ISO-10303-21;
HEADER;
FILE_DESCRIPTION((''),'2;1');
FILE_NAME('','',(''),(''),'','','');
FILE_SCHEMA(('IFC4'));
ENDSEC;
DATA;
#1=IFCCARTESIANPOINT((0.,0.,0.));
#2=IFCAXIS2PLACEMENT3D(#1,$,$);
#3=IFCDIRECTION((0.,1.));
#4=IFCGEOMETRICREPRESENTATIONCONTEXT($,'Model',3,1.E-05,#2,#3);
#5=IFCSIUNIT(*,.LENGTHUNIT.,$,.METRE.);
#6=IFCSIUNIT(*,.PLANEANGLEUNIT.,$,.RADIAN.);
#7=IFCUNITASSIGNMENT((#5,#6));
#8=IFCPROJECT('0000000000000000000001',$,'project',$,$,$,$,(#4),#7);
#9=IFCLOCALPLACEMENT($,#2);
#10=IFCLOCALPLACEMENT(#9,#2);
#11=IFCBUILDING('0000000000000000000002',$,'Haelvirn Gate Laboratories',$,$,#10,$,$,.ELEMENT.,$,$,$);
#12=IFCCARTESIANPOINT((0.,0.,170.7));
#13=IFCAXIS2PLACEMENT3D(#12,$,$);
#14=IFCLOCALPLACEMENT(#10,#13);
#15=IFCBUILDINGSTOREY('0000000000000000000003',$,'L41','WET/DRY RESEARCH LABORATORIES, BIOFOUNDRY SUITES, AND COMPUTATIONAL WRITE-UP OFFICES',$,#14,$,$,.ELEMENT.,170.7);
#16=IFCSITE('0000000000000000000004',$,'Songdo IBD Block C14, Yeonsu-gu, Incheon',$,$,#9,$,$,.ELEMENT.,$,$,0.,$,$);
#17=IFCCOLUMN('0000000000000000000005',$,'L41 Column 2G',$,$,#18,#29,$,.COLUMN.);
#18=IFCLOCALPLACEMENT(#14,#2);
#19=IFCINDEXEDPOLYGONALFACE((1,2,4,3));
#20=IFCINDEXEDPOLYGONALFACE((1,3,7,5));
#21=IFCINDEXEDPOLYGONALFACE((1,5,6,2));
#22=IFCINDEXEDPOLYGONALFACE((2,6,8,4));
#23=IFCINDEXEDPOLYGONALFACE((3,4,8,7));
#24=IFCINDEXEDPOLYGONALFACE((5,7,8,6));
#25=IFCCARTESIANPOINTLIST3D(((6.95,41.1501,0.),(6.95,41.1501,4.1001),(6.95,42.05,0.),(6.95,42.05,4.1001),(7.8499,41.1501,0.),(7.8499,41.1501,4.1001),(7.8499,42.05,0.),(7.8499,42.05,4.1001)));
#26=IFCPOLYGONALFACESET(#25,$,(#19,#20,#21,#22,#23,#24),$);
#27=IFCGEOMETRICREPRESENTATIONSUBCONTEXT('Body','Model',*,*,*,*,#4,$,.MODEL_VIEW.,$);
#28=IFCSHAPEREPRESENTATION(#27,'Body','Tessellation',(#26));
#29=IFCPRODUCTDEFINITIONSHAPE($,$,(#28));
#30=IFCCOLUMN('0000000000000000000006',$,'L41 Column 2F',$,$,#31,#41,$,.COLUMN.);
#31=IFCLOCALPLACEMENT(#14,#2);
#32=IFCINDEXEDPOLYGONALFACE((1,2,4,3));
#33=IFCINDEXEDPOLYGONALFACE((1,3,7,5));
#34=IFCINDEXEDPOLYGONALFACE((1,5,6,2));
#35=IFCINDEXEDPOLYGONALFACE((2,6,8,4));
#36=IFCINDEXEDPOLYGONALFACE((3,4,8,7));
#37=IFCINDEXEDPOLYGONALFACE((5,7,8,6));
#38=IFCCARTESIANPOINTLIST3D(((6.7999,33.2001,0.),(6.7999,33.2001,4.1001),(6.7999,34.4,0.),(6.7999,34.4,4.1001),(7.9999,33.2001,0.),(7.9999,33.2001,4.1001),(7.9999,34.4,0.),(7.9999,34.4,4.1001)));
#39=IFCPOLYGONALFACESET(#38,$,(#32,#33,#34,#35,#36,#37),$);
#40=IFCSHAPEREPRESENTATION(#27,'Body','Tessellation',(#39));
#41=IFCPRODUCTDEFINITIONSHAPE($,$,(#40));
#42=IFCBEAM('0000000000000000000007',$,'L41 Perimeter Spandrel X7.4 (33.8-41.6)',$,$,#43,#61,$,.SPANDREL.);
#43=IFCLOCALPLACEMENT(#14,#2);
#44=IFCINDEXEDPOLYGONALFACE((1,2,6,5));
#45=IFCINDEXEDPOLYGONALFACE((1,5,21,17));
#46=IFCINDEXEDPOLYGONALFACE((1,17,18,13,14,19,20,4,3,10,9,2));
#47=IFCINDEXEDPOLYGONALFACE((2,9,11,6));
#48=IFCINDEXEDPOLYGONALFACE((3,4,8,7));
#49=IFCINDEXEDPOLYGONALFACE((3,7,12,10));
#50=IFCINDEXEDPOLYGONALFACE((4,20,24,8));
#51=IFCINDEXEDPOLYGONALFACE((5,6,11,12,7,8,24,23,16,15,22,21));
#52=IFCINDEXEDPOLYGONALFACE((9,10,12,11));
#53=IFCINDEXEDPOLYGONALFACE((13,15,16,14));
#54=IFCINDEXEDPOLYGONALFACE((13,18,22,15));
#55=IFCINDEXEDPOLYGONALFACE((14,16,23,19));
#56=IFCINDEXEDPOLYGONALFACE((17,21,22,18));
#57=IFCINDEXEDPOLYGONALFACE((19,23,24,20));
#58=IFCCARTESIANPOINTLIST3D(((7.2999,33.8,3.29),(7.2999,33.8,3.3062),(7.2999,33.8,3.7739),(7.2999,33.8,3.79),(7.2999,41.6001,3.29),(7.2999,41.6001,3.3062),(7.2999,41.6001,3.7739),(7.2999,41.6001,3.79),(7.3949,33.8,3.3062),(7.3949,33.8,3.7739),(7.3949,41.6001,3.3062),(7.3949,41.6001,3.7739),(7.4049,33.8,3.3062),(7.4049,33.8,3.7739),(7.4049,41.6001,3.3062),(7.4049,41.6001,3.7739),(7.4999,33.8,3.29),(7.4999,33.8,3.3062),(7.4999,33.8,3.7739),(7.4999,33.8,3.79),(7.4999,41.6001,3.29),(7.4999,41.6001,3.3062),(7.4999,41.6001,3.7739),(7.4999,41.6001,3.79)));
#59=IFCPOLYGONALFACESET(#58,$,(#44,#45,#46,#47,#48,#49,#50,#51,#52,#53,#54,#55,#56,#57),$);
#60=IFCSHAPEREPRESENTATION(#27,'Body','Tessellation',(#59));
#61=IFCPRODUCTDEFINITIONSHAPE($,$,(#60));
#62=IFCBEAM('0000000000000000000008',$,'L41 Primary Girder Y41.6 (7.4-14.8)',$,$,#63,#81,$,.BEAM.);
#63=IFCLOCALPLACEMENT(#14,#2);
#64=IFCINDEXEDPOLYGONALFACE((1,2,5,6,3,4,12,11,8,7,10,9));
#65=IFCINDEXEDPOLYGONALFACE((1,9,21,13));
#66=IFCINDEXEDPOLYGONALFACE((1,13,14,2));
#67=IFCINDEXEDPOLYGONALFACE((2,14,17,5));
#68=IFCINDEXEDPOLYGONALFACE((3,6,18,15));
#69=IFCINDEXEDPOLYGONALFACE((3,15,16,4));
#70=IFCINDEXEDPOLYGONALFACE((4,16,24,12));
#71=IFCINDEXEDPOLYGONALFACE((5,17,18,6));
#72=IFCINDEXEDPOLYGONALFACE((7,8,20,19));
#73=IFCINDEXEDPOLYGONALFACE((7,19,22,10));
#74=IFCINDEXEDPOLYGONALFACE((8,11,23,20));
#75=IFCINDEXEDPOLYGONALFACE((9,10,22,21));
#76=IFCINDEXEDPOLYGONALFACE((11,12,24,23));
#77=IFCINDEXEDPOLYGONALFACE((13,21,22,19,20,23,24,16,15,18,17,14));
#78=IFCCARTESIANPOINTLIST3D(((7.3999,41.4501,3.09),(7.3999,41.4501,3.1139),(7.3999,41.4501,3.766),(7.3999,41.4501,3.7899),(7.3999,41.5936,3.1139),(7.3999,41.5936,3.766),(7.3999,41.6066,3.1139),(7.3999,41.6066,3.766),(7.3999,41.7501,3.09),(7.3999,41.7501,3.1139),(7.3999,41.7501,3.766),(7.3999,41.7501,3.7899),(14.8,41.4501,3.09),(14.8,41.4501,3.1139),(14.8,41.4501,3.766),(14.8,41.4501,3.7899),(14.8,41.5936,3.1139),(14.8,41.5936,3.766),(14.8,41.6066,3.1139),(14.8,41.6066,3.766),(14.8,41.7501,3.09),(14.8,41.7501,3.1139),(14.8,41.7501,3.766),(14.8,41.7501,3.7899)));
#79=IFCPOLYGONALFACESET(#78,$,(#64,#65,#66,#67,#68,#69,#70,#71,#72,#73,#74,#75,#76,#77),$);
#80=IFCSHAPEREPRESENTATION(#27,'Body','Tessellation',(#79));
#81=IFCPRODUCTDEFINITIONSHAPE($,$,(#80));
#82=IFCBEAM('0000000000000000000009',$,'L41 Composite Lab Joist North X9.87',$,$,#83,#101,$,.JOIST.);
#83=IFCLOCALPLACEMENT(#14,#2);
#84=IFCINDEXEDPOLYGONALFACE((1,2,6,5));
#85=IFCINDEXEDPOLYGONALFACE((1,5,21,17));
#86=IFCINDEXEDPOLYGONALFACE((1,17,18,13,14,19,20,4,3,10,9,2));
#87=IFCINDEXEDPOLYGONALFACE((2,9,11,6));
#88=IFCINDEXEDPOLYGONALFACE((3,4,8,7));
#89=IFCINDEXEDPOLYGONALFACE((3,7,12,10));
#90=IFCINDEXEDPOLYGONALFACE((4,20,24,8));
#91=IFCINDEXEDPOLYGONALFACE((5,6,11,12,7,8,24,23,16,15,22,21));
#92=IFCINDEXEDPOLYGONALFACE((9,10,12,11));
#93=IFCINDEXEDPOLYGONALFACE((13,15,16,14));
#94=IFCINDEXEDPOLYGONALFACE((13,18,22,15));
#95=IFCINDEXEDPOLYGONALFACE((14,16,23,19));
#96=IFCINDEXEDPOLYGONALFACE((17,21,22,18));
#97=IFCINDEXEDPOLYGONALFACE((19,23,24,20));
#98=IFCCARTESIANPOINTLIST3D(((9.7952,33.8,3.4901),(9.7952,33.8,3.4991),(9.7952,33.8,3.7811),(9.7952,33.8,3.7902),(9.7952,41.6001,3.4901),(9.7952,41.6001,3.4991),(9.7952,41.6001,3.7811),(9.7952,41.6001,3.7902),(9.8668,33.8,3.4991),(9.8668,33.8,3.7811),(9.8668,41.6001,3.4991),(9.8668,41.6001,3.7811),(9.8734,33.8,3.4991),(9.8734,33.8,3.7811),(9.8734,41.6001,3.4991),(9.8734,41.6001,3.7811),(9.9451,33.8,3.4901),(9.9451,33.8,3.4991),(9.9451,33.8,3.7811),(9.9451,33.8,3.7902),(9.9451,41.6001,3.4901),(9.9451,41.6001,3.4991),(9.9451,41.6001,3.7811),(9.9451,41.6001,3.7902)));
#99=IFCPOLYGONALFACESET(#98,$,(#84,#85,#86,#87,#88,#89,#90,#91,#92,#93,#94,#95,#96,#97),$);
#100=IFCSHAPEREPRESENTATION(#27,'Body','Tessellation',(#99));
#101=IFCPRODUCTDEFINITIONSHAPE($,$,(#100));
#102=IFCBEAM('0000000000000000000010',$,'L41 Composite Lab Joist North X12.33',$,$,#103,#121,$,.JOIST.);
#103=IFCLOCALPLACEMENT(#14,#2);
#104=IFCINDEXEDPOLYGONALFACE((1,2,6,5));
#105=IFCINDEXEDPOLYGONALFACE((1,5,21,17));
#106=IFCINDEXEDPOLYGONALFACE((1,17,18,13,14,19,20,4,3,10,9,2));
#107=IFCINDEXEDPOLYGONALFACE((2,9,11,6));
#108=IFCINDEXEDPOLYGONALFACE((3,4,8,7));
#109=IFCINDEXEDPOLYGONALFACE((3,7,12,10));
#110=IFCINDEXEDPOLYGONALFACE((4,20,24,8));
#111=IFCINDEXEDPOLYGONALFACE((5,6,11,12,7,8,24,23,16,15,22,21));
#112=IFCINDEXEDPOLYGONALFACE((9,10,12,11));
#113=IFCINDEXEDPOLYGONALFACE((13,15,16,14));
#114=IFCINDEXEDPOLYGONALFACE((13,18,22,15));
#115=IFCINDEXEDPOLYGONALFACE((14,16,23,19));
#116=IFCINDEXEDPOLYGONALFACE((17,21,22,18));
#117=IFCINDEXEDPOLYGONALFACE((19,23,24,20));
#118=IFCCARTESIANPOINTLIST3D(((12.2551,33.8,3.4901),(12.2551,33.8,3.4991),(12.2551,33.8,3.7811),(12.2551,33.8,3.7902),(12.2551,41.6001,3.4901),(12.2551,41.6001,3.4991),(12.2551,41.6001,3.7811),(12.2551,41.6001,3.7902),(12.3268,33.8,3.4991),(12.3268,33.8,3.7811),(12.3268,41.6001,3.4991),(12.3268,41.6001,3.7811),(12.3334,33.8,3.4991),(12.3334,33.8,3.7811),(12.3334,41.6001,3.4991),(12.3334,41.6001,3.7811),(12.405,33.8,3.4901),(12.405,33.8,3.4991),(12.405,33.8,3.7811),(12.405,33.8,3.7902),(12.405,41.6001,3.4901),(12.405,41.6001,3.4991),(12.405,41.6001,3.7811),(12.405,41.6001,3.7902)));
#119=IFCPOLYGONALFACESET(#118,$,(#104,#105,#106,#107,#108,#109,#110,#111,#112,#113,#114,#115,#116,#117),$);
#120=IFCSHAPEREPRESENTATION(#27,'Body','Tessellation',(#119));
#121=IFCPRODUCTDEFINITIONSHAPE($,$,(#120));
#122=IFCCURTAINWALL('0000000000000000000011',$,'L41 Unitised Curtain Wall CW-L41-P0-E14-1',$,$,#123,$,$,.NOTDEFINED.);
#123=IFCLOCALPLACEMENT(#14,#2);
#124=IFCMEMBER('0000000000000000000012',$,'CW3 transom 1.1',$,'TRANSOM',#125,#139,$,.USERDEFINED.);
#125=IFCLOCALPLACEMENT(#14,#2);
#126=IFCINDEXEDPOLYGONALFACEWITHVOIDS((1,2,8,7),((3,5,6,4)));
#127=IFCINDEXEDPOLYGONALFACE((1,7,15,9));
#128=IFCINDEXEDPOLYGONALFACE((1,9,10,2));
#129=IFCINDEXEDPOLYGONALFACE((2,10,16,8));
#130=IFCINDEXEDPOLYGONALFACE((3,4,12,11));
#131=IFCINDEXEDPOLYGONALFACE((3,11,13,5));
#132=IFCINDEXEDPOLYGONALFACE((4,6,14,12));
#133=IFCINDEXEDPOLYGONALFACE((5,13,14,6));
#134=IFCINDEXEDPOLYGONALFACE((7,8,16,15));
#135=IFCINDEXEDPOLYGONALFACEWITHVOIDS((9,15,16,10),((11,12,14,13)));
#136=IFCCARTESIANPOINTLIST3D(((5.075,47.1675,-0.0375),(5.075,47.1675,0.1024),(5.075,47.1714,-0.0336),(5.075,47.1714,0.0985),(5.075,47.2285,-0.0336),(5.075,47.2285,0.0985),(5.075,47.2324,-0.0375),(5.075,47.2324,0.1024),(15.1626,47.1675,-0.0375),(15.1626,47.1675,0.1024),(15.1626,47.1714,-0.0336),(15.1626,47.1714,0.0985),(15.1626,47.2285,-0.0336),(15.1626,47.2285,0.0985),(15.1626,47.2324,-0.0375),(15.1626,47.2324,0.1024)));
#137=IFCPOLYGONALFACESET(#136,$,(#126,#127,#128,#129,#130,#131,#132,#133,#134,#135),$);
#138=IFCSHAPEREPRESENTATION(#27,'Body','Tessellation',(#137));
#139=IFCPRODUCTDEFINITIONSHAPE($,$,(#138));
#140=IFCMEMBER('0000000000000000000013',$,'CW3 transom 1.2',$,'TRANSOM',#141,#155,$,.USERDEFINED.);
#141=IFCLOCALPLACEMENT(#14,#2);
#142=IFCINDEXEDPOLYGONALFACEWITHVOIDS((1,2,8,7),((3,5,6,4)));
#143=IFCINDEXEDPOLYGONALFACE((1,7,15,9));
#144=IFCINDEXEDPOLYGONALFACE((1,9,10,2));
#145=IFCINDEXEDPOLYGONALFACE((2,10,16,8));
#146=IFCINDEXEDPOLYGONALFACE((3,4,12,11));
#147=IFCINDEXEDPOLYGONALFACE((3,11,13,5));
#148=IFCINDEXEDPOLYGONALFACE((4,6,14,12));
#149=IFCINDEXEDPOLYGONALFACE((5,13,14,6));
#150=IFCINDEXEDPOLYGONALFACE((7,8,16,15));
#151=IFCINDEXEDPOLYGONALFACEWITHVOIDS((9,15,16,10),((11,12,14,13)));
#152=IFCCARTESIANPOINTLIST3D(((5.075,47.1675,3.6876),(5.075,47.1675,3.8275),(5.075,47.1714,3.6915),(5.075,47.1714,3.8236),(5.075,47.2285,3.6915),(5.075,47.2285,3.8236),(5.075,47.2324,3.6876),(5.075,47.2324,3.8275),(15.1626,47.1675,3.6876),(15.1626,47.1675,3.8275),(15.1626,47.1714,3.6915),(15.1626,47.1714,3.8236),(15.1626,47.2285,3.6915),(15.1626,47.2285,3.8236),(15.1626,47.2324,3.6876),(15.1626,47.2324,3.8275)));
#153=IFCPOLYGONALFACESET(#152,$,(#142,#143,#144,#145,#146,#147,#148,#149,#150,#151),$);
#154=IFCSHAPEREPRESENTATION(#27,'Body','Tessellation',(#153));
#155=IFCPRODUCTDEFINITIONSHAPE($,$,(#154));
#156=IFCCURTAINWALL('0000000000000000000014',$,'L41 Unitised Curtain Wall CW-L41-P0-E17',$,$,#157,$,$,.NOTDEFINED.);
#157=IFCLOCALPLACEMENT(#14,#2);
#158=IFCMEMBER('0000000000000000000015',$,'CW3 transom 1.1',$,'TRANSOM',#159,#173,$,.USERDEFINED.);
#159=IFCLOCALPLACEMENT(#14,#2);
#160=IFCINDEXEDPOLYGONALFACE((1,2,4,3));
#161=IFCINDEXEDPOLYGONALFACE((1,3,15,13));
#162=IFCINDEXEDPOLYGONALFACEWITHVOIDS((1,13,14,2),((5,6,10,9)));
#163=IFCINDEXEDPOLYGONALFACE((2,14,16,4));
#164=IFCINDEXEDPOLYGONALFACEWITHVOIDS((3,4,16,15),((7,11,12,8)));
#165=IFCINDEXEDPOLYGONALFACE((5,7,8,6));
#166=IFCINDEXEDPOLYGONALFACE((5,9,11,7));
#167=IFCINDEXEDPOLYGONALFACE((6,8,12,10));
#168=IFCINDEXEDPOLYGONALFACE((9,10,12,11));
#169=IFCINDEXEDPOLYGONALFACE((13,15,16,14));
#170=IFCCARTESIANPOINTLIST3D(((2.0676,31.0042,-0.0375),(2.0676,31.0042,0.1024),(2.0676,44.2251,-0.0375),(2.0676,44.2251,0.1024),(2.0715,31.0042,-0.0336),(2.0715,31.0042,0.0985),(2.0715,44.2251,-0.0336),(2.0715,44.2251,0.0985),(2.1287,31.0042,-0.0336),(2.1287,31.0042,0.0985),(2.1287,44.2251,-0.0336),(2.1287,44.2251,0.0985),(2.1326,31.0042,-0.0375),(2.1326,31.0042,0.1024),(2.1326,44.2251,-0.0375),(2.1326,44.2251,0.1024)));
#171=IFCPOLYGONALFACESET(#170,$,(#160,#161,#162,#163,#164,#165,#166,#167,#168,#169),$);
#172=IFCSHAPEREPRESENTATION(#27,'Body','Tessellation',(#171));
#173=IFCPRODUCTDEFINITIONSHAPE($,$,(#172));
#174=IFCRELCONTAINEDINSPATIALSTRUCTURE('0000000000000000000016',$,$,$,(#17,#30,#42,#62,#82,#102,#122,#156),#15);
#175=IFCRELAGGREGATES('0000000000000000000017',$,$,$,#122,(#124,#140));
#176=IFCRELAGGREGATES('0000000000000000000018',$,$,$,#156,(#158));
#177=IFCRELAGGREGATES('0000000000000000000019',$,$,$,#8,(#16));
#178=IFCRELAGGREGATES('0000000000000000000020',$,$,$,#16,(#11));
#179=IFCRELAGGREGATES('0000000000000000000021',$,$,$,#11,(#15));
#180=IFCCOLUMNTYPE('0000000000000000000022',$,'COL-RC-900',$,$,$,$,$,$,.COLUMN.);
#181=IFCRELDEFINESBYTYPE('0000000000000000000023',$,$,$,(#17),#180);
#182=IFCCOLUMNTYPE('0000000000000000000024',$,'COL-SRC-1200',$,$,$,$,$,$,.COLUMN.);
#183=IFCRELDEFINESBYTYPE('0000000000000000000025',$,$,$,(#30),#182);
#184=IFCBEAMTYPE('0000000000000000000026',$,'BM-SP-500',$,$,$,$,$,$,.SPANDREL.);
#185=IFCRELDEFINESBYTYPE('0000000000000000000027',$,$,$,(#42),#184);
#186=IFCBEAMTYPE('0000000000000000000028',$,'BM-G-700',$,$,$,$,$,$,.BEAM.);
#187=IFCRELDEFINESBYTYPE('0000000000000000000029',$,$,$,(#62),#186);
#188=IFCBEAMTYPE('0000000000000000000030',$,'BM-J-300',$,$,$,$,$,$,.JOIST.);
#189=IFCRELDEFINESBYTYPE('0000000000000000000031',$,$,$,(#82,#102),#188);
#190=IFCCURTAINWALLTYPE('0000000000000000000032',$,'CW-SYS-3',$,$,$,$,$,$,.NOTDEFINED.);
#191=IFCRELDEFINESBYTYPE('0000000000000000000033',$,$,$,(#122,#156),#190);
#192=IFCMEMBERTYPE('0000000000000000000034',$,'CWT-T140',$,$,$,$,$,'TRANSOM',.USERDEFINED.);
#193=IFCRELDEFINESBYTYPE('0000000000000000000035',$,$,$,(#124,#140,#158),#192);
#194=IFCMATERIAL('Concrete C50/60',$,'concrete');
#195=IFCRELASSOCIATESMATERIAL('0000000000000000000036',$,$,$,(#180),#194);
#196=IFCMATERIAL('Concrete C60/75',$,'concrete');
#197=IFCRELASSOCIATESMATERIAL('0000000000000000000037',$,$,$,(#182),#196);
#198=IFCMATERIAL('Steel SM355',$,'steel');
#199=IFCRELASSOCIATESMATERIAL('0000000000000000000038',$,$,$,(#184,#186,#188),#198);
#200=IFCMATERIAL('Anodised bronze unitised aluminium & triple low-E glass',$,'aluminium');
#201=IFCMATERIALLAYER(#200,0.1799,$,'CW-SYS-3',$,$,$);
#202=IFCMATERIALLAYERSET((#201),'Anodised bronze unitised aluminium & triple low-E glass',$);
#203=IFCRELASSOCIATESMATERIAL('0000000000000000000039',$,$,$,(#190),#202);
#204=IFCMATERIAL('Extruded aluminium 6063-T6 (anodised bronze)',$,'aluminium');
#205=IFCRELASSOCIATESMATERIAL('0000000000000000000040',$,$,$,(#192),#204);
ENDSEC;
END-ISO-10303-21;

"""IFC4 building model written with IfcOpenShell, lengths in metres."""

from ifc_helpers import new_model, si_unit, direction, frame, origin, origin_2d, place, context, subcontext, project, spatial, rectangle, hollow_rectangle, i_section, extrude, source, transform, mapped, material, layer, layer_set, material_profile, profile_set, type_object, type_shapes, element, aggregate, save


model = new_model("IFC4")

# Units and contexts
model_context = context("Model", 3, precision=1e-05, world=origin(), true_north=direction((0.0, 1.0)))
body_context = subcontext(model_context, "Body", "Model", "MODEL_VIEW")
ifc_project = project(units=[si_unit("LENGTHUNIT", "METRE"), si_unit("PLANEANGLEUNIT", "RADIAN")], contexts=[model_context])

# Site, building, storey
site_placement = place(None, origin())
site = spatial("IfcSite", under=ifc_project, at=site_placement, Name="Songdo IBD Block C14, Yeonsu-gu, Incheon", CompositionType="ELEMENT", RefElevation=0.0)
building_placement = place(site_placement, origin())
building = spatial("IfcBuilding", under=site, at=building_placement, Name="Haelvirn Gate Laboratories", CompositionType="ELEMENT")
storey_placement = place(building_placement, frame((0.0, 0.0, 170.7)))
storey = spatial("IfcBuildingStorey", under=building, at=storey_placement, Name="L41", Description="WET/DRY RESEARCH LABORATORIES, BIOFOUNDRY SUITES, AND COMPUTATIONAL WRITE-UP OFFICES", CompositionType="ELEMENT", Elevation=170.7)

# Columns
ifc_material_1 = material(Name="Concrete C50/60", Category="concrete")
ifc_material_profile_1 = material_profile(ifc_material_1, rectangle(XDim=0.8999, YDim=0.8999, at=origin_2d()), Name="RC-900x900")
ifc_profile_set_1 = profile_set([ifc_material_profile_1], Name="Concrete C50/60")
column_type_1 = type_object("IfcColumnType", Name="COL-RC-900", PredefinedType="COLUMN", material=ifc_profile_set_1)
shared_shape_1 = source(origin(), body_context, "Body", "SweptSolid", [
    extrude(rectangle(XDim=0.8999, YDim=0.8999, at=origin_2d()), origin(), (0.0, 0.0, 1.0), 4.1001),
])
type_shapes(column_type_1, [shared_shape_1])
column_1_placement = place(storey_placement, frame((7.3999, 41.6001, 0.0), z_axis=(0.0, 0.0, 1.0), x_axis=(1.0, 0.0, 0.0)))
element("IfcColumn", 1, at=column_1_placement, inside=storey, type_object=column_type_1, Name="L41 Column 2G", PredefinedType="COLUMN", context=body_context, shape_type="MappedRepresentation", body=[
    mapped(shared_shape_1, transform((0.0, 0.0, 0.0), scale=1.0)),
])
ifc_material_2 = material(Name="Concrete C60/75", Category="concrete")
ifc_material_profile_2 = material_profile(ifc_material_2, rectangle(XDim=1.2, YDim=1.2, at=origin_2d()), Name="SRC-1200x1200")
ifc_profile_set_2 = profile_set([ifc_material_profile_2], Name="Concrete C60/75")
column_type_2 = type_object("IfcColumnType", Name="COL-SRC-1200", PredefinedType="COLUMN", material=ifc_profile_set_2)
shared_shape_2 = source(origin(), body_context, "Body", "SweptSolid", [
    extrude(rectangle(XDim=1.2, YDim=1.2, at=origin_2d()), origin(), (0.0, 0.0, 1.0), 4.1001),
])
type_shapes(column_type_2, [shared_shape_2])
column_2_placement = place(storey_placement, frame((7.3999, 33.8, 0.0), z_axis=(0.0, 0.0, 1.0), x_axis=(1.0, 0.0, 0.0)))
element("IfcColumn", 2, at=column_2_placement, inside=storey, type_object=column_type_2, Name="L41 Column 2F", PredefinedType="COLUMN", context=body_context, shape_type="MappedRepresentation", body=[
    mapped(shared_shape_2, transform((0.0, 0.0, 0.0), scale=1.0)),
])

# Beams
ifc_material_3 = material(Name="Steel SM355", Category="steel")
ifc_material_profile_3 = material_profile(ifc_material_3, i_section(OverallWidth=0.2, OverallDepth=0.5, WebThickness=0.01, FlangeThickness=0.0161, at=origin_2d()), Name="H-500x200x10x16")
ifc_profile_set_3 = profile_set([ifc_material_profile_3], Name="Steel SM355")
beam_type_1 = type_object("IfcBeamType", Name="BM-SP-500", PredefinedType="SPANDREL", material=ifc_profile_set_3)
shared_shape_3 = source(origin(), body_context, "Body", "SweptSolid", [
    extrude(i_section(OverallWidth=0.2, OverallDepth=0.5, WebThickness=0.01, FlangeThickness=0.0161, at=origin_2d()), origin(), (0.0, 0.0, 1.0), 7.8),
])
type_shapes(beam_type_1, [shared_shape_3])
beam_1_placement = place(storey_placement, frame((7.3999, 33.8, 3.54), z_axis=(0.0, 1.0, 0.0), x_axis=(-1.0, 0.0, 0.0)))
element("IfcBeam", 3, at=beam_1_placement, inside=storey, type_object=beam_type_1, Name="L41 Perimeter Spandrel X7.4 (33.8-41.6)", PredefinedType="SPANDREL", context=body_context, shape_type="MappedRepresentation", body=[
    mapped(shared_shape_3, transform((0.0, 0.0, 0.0), scale=1.0)),
])
ifc_material_profile_4 = material_profile(ifc_material_3, i_section(OverallWidth=0.3, OverallDepth=0.7, WebThickness=0.0129, FlangeThickness=0.0239, at=origin_2d()), Name="H-700x300x13x24")
ifc_profile_set_4 = profile_set([ifc_material_profile_4], Name="Steel SM355")
beam_type_2 = type_object("IfcBeamType", Name="BM-G-700", PredefinedType="BEAM", material=ifc_profile_set_4)
shared_shape_4 = source(origin(), body_context, "Body", "SweptSolid", [
    extrude(i_section(OverallWidth=0.3, OverallDepth=0.7, WebThickness=0.0129, FlangeThickness=0.0239, at=origin_2d()), origin(), (0.0, 0.0, 1.0), 7.4001),
])
type_shapes(beam_type_2, [shared_shape_4])
beam_2_placement = place(storey_placement, frame((7.3999, 41.6001, 3.4399), z_axis=(1.0, 0.0, 0.0), x_axis=(0.0, 1.0, 0.0)))
element("IfcBeam", 4, at=beam_2_placement, inside=storey, type_object=beam_type_2, Name="L41 Primary Girder Y41.6 (7.4-14.8)", PredefinedType="BEAM", context=body_context, shape_type="MappedRepresentation", body=[
    mapped(shared_shape_4, transform((0.0, 0.0, 0.0), scale=1.0)),
])
ifc_material_profile_5 = material_profile(ifc_material_3, i_section(OverallWidth=0.1499, OverallDepth=0.3, WebThickness=0.0066, FlangeThickness=0.009, at=origin_2d()), Name="H-300x150x6.5x9")
ifc_profile_set_5 = profile_set([ifc_material_profile_5], Name="Steel SM355")
beam_type_3 = type_object("IfcBeamType", Name="BM-J-300", PredefinedType="JOIST", material=ifc_profile_set_5)
shared_shape_5 = source(origin(), body_context, "Body", "SweptSolid", [
    extrude(i_section(OverallWidth=0.1499, OverallDepth=0.3, WebThickness=0.0066, FlangeThickness=0.009, at=origin_2d()), origin(), (0.0, 0.0, 1.0), 7.8),
])
type_shapes(beam_type_3, [shared_shape_5])
for number, where, z_axis, x_axis, name in (
    (5, (9.8701, 33.8, 3.6401), (0.0, 1.0, 0.0), (-1.0, 0.0, 0.0), "L41 Composite Lab Joist North X9.87"),
    (6, (12.3301, 33.8, 3.6401), (0.0, 1.0, 0.0), (-1.0, 0.0, 0.0), "L41 Composite Lab Joist North X12.33"),
):
    element("IfcBeam", number, at=place(storey_placement, frame(where, z_axis=z_axis, x_axis=x_axis)), inside=storey, type_object=beam_type_3, Name=name, PredefinedType="JOIST", context=body_context, shape_type="MappedRepresentation", body=[
        mapped(shared_shape_5, transform((0.0, 0.0, 0.0), scale=1.0)),
    ])

# Curtain walls, members
ifc_material_4 = material(Name="Anodised bronze unitised aluminium & triple low-E glass", Category="aluminium")
ifc_layer_1 = layer(ifc_material_4, 0.1799, Name="CW-SYS-3")
ifc_layer_set_1 = layer_set([ifc_layer_1], Name="Anodised bronze unitised aluminium & triple low-E glass")
curtain_wall_type_1 = type_object("IfcCurtainWallType", Name="CW-SYS-3", PredefinedType="NOTDEFINED", material=ifc_layer_set_1)
curtain_wall_1_placement = place(storey_placement, origin())
curtain_wall_1 = element("IfcCurtainWall", 7, at=curtain_wall_1_placement, inside=storey, type_object=curtain_wall_type_1, Name="L41 Unitised Curtain Wall CW-L41-P0-E14-1", PredefinedType="NOTDEFINED")
ifc_material_5 = material(Name="Extruded aluminium 6063-T6 (anodised bronze)", Category="aluminium")
ifc_material_profile_6 = material_profile(ifc_material_5, hollow_rectangle(XDim=0.0649, YDim=0.1399, WallThickness=0.0039, at=origin_2d()), Name="CWT-140x65x4")
ifc_profile_set_6 = profile_set([ifc_material_profile_6], Name="Extruded aluminium 6063-T6 (anodised bronze)")
member_type_1 = type_object("IfcMemberType", Name="CWT-T140", ElementType="TRANSOM", PredefinedType="USERDEFINED", material=ifc_profile_set_6)
shared_shape_6 = source(origin(), body_context, "Body", "SweptSolid", [
    extrude(hollow_rectangle(XDim=0.0649, YDim=0.1399, WallThickness=0.0039, at=origin_2d()), origin(), (0.0, 0.0, 1.0), 10.0876),
])
member_1_placement = place(storey_placement, frame((5.075, 47.2, 0.0325), z_axis=(1.0, 0.0, 0.0), x_axis=(0.0, 1.0, 0.0)))
member_1 = element("IfcMember", 8, at=member_1_placement, type_object=member_type_1, Name="CW3 transom 1.1", ObjectType="TRANSOM", PredefinedType="USERDEFINED", context=body_context, shape_type="MappedRepresentation", body=[
    mapped(shared_shape_6, transform((0.0, 0.0, 0.0), scale=1.0)),
])
member_2_placement = place(storey_placement, frame((5.075, 47.2, 3.7576), z_axis=(1.0, 0.0, 0.0), x_axis=(0.0, 1.0, 0.0)))
member_2 = element("IfcMember", 9, at=member_2_placement, type_object=member_type_1, Name="CW3 transom 1.2", ObjectType="TRANSOM", PredefinedType="USERDEFINED", context=body_context, shape_type="MappedRepresentation", body=[
    mapped(shared_shape_6, transform((0.0, 0.0, 0.0), scale=1.0)),
])
curtain_wall_2_placement = place(storey_placement, origin())
curtain_wall_2 = element("IfcCurtainWall", 10, at=curtain_wall_2_placement, inside=storey, type_object=curtain_wall_type_1, Name="L41 Unitised Curtain Wall CW-L41-P0-E17", PredefinedType="NOTDEFINED")
shared_shape_7 = source(origin(), body_context, "Body", "SweptSolid", [
    extrude(hollow_rectangle(XDim=0.0649, YDim=0.1399, WallThickness=0.0039, at=origin_2d()), origin(), (0.0, 0.0, 1.0), 13.2209),
])
member_3_placement = place(storey_placement, frame((2.1001, 44.2251, 0.0325), z_axis=(0.0, -1.0, 0.0), x_axis=(1.0, 0.0, 0.0)))
member_3 = element("IfcMember", 11, at=member_3_placement, type_object=member_type_1, Name="CW3 transom 1.1", ObjectType="TRANSOM", PredefinedType="USERDEFINED", context=body_context, shape_type="MappedRepresentation", body=[
    mapped(shared_shape_7, transform((0.0, 0.0, 0.0), scale=1.0)),
])

aggregate(curtain_wall_1, [member_1, member_2])
aggregate(curtain_wall_2, [member_3])

save(model, "model.ifc")
